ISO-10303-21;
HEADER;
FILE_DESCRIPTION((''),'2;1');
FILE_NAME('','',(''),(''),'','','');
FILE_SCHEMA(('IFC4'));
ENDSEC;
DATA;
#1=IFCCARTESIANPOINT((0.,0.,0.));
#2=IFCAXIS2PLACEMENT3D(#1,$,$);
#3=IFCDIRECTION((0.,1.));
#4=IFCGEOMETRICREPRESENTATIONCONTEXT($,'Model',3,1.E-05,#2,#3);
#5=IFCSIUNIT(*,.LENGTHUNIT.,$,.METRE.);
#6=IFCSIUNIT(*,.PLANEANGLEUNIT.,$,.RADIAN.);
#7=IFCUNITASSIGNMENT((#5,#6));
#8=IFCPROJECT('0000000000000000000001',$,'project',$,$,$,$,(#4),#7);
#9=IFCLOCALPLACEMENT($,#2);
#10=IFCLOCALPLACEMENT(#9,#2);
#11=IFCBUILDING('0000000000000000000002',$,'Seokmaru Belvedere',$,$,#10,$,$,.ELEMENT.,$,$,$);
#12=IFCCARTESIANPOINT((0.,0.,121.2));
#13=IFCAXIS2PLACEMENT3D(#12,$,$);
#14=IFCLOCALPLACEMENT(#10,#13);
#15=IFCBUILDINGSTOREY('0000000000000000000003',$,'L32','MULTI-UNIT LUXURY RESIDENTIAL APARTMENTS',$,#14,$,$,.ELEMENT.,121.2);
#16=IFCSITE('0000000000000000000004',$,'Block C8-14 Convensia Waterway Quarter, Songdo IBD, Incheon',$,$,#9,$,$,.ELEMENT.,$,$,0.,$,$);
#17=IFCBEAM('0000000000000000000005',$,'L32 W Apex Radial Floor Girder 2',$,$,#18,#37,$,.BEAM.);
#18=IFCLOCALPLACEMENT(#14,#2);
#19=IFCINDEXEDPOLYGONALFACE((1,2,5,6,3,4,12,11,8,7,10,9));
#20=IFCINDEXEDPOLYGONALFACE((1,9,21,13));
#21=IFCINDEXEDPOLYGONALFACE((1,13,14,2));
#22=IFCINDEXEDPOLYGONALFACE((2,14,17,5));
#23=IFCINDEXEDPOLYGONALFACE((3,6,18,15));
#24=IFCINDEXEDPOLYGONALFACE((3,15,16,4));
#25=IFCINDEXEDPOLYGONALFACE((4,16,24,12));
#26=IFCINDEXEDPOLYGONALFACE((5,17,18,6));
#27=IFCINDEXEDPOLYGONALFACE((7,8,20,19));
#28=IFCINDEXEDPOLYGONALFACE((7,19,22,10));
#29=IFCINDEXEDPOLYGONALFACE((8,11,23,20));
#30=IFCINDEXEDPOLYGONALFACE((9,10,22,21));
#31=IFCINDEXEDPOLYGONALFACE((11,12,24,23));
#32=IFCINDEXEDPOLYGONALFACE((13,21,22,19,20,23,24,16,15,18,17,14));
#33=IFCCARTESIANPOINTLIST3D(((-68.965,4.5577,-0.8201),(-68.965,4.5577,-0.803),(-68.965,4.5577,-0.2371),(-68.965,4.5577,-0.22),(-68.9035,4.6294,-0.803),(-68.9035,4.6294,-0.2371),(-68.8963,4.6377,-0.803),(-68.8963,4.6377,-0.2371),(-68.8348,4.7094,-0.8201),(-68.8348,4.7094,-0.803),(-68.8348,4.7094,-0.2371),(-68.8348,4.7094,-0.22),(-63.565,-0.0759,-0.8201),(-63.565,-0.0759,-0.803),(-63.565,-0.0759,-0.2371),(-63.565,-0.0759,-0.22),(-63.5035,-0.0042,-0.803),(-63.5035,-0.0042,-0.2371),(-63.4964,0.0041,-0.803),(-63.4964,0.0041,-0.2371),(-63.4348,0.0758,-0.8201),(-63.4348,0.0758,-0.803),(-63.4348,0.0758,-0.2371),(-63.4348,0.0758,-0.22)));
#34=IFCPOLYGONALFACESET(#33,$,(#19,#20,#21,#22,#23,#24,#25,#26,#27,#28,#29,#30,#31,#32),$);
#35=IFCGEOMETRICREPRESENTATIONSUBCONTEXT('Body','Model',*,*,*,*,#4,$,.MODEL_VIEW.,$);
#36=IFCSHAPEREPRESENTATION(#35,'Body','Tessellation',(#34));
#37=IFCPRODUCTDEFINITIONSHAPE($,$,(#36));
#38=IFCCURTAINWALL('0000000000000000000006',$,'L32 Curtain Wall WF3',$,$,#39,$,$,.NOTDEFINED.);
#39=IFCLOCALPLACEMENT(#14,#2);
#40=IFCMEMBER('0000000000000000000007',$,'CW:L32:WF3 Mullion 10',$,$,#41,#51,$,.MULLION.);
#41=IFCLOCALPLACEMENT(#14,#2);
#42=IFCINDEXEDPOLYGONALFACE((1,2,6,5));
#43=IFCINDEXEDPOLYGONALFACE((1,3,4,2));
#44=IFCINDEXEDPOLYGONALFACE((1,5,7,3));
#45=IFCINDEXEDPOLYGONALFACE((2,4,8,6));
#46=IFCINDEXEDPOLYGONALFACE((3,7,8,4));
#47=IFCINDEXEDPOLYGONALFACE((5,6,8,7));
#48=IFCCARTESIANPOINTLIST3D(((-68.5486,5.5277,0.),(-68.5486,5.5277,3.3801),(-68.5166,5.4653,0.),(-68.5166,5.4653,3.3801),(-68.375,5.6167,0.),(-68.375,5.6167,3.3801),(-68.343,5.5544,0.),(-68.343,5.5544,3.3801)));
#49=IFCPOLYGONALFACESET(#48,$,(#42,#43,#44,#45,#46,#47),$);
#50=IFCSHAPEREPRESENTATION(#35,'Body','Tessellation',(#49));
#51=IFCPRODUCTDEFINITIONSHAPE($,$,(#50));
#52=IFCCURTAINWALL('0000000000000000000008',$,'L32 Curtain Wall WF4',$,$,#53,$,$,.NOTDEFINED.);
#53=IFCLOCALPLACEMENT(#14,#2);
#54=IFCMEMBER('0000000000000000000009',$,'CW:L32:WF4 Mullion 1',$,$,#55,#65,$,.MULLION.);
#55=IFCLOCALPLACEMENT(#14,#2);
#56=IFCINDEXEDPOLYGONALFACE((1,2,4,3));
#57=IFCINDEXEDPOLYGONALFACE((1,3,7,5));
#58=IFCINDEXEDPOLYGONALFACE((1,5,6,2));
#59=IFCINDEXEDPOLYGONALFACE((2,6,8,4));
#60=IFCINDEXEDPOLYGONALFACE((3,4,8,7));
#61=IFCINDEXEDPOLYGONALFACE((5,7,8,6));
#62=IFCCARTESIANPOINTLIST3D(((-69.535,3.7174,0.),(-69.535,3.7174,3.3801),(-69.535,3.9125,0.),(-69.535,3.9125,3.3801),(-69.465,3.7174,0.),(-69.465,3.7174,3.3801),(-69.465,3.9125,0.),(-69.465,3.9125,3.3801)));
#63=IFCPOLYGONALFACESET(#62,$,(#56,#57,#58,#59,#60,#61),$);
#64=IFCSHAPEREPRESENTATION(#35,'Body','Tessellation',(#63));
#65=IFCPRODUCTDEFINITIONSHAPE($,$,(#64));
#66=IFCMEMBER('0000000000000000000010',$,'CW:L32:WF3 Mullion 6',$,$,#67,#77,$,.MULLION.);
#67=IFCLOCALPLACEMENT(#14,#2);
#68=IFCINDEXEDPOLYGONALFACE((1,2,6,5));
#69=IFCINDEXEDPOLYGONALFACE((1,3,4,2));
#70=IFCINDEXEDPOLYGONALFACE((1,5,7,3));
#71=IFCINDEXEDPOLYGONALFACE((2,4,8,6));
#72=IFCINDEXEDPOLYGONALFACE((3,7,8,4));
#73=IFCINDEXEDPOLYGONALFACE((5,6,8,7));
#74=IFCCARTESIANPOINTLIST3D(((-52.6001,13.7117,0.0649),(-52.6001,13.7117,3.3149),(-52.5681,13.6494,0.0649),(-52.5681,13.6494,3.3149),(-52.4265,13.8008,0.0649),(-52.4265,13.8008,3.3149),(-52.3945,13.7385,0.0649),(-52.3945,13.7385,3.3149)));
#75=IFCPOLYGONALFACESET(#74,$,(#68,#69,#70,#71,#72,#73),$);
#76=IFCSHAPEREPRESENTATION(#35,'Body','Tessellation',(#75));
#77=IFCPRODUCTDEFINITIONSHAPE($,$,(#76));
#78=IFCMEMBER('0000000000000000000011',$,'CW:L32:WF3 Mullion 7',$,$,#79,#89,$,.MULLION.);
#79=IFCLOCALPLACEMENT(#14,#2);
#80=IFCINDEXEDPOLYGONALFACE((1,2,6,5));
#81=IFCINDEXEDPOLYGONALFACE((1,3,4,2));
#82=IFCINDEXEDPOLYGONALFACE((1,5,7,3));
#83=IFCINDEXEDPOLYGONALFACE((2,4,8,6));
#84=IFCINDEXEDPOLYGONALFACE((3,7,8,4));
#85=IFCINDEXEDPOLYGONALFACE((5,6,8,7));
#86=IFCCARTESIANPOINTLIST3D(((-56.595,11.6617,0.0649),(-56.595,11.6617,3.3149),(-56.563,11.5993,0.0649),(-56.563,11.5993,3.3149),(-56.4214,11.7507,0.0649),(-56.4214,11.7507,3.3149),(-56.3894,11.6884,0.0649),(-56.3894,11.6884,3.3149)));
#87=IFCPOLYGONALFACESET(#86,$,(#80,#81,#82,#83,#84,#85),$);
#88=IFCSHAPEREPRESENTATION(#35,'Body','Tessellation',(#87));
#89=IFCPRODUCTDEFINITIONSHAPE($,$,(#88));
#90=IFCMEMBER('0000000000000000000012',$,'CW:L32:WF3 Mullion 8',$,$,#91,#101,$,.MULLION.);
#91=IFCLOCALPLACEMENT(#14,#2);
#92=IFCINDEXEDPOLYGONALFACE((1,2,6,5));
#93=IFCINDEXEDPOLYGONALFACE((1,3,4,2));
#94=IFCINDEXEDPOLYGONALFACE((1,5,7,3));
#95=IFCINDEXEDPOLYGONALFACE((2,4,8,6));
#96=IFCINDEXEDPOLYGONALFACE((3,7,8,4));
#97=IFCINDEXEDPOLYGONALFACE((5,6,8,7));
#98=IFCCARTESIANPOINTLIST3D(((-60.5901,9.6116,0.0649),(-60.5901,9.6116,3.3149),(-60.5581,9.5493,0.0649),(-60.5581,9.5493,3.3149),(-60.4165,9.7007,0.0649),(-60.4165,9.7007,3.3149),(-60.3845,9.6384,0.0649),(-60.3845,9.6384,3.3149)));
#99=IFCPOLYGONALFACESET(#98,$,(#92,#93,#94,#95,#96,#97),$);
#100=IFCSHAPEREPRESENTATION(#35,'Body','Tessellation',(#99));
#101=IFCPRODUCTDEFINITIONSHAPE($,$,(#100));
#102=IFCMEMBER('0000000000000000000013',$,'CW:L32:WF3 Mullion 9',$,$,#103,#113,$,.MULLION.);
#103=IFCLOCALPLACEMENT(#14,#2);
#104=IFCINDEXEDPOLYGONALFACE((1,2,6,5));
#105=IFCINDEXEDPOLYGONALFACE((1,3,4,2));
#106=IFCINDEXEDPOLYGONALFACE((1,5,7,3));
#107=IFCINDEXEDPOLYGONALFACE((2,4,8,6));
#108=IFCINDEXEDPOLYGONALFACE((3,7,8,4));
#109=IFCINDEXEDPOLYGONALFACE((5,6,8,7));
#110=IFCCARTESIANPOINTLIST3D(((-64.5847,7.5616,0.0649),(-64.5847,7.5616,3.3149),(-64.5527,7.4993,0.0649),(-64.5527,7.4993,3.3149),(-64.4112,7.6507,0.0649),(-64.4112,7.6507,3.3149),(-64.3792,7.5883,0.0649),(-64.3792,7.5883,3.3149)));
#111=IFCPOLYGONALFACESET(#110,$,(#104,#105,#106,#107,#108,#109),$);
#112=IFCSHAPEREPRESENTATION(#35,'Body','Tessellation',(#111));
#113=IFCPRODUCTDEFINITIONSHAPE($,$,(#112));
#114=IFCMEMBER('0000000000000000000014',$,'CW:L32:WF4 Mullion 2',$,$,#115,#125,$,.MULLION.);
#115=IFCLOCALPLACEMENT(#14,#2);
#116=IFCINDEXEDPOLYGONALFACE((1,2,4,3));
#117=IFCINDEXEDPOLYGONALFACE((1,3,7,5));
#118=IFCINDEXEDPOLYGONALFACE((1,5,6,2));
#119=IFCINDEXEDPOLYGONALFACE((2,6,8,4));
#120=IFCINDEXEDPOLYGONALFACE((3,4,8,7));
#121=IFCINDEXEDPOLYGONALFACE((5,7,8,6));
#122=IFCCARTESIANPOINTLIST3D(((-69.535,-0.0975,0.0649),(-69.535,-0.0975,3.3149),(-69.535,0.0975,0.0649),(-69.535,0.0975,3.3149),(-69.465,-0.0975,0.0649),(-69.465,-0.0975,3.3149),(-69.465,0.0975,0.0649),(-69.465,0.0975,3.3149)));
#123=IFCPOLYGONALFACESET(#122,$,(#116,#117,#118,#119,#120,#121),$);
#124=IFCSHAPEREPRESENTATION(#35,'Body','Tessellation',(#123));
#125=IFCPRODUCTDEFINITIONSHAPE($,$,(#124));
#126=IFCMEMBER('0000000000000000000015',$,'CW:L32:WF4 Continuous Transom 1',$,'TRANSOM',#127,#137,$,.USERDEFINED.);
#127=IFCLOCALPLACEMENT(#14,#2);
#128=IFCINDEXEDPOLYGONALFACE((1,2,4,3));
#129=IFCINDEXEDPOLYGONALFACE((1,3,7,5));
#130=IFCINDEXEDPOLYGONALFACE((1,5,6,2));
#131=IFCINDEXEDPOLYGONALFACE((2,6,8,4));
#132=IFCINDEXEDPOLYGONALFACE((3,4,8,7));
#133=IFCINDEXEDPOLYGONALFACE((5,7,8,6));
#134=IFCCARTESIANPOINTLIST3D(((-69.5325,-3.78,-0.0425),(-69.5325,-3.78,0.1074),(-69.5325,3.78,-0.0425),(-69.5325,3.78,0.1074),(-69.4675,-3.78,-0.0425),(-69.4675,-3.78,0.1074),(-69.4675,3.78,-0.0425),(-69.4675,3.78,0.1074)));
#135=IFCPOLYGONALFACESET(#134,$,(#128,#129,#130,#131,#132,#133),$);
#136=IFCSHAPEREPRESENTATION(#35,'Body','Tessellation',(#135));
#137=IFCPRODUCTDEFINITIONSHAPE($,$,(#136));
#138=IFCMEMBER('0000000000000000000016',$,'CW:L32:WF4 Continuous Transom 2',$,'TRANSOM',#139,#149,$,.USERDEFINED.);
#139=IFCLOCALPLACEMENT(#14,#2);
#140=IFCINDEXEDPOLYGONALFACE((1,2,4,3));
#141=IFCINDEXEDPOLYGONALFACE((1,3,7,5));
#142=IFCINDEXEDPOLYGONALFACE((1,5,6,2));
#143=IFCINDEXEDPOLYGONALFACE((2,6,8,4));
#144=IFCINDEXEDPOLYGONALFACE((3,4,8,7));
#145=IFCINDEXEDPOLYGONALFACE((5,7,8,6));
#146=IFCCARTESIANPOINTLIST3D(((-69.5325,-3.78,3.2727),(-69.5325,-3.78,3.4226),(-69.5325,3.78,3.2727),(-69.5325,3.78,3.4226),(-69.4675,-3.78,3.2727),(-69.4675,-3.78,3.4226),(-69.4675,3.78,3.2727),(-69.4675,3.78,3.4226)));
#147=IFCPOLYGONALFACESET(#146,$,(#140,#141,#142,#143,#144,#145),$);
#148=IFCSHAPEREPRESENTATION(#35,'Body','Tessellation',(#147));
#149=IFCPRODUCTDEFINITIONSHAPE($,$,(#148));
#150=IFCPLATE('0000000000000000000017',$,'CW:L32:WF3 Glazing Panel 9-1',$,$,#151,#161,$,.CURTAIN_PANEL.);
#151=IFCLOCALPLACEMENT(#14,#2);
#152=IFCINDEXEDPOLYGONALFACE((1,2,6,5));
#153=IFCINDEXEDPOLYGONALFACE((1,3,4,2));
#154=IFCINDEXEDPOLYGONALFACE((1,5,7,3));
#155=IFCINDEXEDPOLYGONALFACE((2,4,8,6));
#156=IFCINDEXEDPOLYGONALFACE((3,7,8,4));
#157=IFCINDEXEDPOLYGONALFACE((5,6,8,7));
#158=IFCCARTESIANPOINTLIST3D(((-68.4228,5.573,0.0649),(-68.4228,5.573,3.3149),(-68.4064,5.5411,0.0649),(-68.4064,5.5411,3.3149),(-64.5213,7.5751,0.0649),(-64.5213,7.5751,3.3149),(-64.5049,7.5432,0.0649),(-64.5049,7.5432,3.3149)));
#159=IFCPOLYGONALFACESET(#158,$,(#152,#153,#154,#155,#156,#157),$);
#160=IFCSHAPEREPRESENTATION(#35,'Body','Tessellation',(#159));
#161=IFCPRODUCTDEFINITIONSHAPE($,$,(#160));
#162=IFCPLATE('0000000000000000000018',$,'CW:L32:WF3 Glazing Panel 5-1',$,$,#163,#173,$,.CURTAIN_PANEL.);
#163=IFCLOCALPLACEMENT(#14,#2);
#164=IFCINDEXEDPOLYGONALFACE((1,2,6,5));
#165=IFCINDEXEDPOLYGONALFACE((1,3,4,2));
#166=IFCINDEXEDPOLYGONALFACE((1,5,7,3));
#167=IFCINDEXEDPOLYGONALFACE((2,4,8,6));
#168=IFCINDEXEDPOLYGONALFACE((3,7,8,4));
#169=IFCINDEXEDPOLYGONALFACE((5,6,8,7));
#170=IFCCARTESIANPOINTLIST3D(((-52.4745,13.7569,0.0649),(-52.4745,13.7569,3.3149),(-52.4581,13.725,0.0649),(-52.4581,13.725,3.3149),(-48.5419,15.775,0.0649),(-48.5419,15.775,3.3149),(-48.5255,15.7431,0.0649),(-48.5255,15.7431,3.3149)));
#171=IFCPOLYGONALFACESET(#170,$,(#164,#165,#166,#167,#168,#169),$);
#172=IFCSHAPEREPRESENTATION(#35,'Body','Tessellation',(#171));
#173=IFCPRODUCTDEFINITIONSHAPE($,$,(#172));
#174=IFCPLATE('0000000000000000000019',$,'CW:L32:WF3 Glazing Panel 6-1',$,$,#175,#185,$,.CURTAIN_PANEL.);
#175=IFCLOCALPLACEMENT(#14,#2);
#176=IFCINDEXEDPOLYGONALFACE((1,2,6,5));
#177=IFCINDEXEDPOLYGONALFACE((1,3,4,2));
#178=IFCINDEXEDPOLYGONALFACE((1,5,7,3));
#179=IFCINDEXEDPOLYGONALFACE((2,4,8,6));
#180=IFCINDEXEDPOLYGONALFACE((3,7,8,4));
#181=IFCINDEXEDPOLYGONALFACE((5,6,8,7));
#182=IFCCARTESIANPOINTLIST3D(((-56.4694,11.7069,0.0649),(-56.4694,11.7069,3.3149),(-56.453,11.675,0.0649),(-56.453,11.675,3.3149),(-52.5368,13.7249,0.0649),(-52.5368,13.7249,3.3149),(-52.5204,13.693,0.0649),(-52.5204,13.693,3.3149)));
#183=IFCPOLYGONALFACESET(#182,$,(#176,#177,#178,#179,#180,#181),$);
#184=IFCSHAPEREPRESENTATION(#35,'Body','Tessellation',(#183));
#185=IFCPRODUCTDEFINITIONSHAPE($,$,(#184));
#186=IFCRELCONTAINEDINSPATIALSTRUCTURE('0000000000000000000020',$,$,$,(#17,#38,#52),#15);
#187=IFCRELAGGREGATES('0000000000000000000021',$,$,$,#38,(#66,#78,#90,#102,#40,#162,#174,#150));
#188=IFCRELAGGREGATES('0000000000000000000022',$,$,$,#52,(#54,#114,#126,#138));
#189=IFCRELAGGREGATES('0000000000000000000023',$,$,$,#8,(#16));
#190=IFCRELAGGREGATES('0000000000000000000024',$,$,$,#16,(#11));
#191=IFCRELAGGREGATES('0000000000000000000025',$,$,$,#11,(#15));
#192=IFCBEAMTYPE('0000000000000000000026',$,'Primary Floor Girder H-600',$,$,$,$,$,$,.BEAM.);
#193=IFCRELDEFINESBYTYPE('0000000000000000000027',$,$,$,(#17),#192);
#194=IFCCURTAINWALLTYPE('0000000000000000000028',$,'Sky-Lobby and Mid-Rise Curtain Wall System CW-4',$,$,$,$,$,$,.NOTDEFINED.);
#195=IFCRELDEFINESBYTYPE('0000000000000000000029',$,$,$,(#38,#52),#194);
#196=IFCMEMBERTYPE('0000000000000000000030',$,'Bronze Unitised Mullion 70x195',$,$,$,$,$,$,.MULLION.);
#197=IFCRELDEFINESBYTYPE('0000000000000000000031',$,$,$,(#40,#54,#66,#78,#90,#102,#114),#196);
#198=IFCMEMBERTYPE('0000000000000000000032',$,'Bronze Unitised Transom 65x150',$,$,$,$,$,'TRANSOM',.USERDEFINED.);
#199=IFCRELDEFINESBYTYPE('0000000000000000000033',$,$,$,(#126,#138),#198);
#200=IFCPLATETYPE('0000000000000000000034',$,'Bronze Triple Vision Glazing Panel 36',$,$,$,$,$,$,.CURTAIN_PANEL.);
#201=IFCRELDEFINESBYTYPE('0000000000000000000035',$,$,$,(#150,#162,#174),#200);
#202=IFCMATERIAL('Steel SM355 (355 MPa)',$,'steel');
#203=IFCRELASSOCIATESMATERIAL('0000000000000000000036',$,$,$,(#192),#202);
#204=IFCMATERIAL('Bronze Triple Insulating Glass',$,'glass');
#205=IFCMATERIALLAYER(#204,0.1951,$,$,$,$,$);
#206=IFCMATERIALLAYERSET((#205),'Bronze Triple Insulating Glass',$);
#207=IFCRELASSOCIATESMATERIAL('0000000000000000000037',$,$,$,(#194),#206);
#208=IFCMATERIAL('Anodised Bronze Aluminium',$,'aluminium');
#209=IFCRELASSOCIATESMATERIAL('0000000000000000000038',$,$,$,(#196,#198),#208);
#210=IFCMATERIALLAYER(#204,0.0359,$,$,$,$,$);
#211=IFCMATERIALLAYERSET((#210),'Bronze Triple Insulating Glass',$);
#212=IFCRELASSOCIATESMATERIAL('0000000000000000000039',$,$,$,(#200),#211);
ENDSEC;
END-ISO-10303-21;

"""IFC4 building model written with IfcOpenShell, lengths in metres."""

from ifc_helpers import new_model, si_unit, direction, frame, origin, origin_2d, place, context, subcontext, project, spatial, rectangle, i_section, extrude, source, transform, mapped, material, layer, layer_set, material_profile, profile_set, type_object, type_shapes, element, aggregate, save


model = new_model("IFC4")

# Units and contexts
model_context = context("Model", 3, precision=1e-05, world=origin(), true_north=direction((0.0, 1.0)))
body_context = subcontext(model_context, "Body", "Model", "MODEL_VIEW")
ifc_project = project(units=[si_unit("LENGTHUNIT", "METRE"), si_unit("PLANEANGLEUNIT", "RADIAN")], contexts=[model_context])

# Site, building, storey
site_placement = place(None, origin())
site = spatial("IfcSite", under=ifc_project, at=site_placement, Name="Block C8-14 Convensia Waterway Quarter, Songdo IBD, Incheon", CompositionType="ELEMENT", RefElevation=0.0)
building_placement = place(site_placement, origin())
building = spatial("IfcBuilding", under=site, at=building_placement, Name="Seokmaru Belvedere", CompositionType="ELEMENT")
storey_placement = place(building_placement, frame((0.0, 0.0, 121.2)))
storey = spatial("IfcBuildingStorey", under=building, at=storey_placement, Name="L32", Description="MULTI-UNIT LUXURY RESIDENTIAL APARTMENTS", CompositionType="ELEMENT", Elevation=121.2)

# Shared definitions
ifc_material_1 = material(Name="Steel SM355 (355 MPa)", Category="steel")

# Beam
ifc_material_profile_1 = material_profile(ifc_material_1, i_section(OverallWidth=0.2, OverallDepth=0.6001, WebThickness=0.011, FlangeThickness=0.0171, at=origin_2d()), Name="H-600x200x11x17")
ifc_profile_set_1 = profile_set([ifc_material_profile_1], Name="Steel SM355 (355 MPa)")
beam_type_1 = type_object("IfcBeamType", Name="Primary Floor Girder H-600", PredefinedType="BEAM", material=ifc_profile_set_1)
shared_shape_1 = source(origin(), body_context, "Body", "SweptSolid", [
    extrude(i_section(OverallWidth=0.2, OverallDepth=0.6001, WebThickness=0.011, FlangeThickness=0.0171, at=origin_2d()), origin(), (0.0, 0.0, 1.0), 7.1155),
])
beam_1_placement = place(storey_placement, frame((-68.8999, 4.6335, -0.52), z_axis=(0.758905, -0.651201, 0.0), x_axis=(0.651201, 0.758905, 0.0)))
element("IfcBeam", 1, at=beam_1_placement, inside=storey, type_object=beam_type_1, Name="L32 W Apex Radial Floor Girder 2", PredefinedType="BEAM", context=body_context, shape_type="MappedRepresentation", body=[
    mapped(shared_shape_1, transform((0.0, 0.0, 0.0), scale=1.0)),
])

# Curtain walls, members
ifc_material_2 = material(Name="Bronze Triple Insulating Glass", Category="glass")
ifc_layer_1 = layer(ifc_material_2, 0.1951)
ifc_layer_set_1 = layer_set([ifc_layer_1], Name="Bronze Triple Insulating Glass")
curtain_wall_type = type_object("IfcCurtainWallType", Name="Sky-Lobby and Mid-Rise Curtain Wall System CW-4", PredefinedType="NOTDEFINED", material=ifc_layer_set_1)
curtain_wall_1_placement = place(storey_placement, origin())
curtain_wall_1 = element("IfcCurtainWall", 2, at=curtain_wall_1_placement, inside=storey, type_object=curtain_wall_type, Name="L32 Curtain Wall WF3", PredefinedType="NOTDEFINED")
ifc_material_3 = material(Name="Anodised Bronze Aluminium", Category="aluminium")
ifc_material_profile_2 = material_profile(ifc_material_3, rectangle(XDim=0.0701, YDim=0.1951, at=origin_2d()), Name="CW-M-70x195")
ifc_profile_set_2 = profile_set([ifc_material_profile_2], Name="Anodised Bronze Aluminium")
member_type_1 = type_object("IfcMemberType", Name="Bronze Unitised Mullion 70x195", PredefinedType="MULLION", material=ifc_profile_set_2)
shared_shape_2 = source(origin(), body_context, "Body", "SweptSolid", [
    extrude(rectangle(XDim=0.0701, YDim=0.1951, at=origin_2d()), origin(), (0.0, 0.0, 1.0), 3.3801),
])
member_1_placement = place(storey_placement, frame((-68.4458, 5.541, 0.0), z_axis=(0.0, 0.0, 1.0), x_axis=(0.456555, -0.889695, 0.0)))
member_1 = element("IfcMember", 3, at=member_1_placement, type_object=member_type_1, Name="CW:L32:WF3 Mullion 10", PredefinedType="MULLION", context=body_context, shape_type="MappedRepresentation", body=[
    mapped(shared_shape_2, transform((0.0, 0.0, 0.0), scale=1.0)),
])
curtain_wall_2_placement = place(storey_placement, origin())
curtain_wall_2 = element("IfcCurtainWall", 4, at=curtain_wall_2_placement, inside=storey, type_object=curtain_wall_type, Name="L32 Curtain Wall WF4", PredefinedType="NOTDEFINED")
member_2_placement = place(storey_placement, frame((-69.5, 3.8149, 0.0), z_axis=(0.0, 0.0, 1.0), x_axis=(1.0, 0.0, 0.0)))
member_2 = element("IfcMember", 5, at=member_2_placement, type_object=member_type_1, Name="CW:L32:WF4 Mullion 1", PredefinedType="MULLION", context=body_context, shape_type="MappedRepresentation", body=[
    mapped(shared_shape_2, transform((0.0, 0.0, 0.0), scale=1.0)),
])

# Members
shared_shape_3 = source(origin(), body_context, "Body", "SweptSolid", [
    extrude(rectangle(XDim=0.0701, YDim=0.1951, at=origin_2d()), origin(), (0.0, 0.0, 1.0), 3.25),
])
type_shapes(member_type_1, [shared_shape_2, shared_shape_3])
member_3_placement = place(storey_placement, frame((-52.4973, 13.7251, 0.0649), z_axis=(0.0, 0.0, 1.0), x_axis=(0.456555, -0.889695, 0.0)))
member_3 = element("IfcMember", 6, at=member_3_placement, type_object=member_type_1, Name="CW:L32:WF3 Mullion 6", PredefinedType="MULLION", context=body_context, shape_type="MappedRepresentation", body=[
    mapped(shared_shape_3, transform((0.0, 0.0, 0.0), scale=1.0)),
])
member_4_placement = place(storey_placement, frame((-56.4922, 11.675, 0.0649), z_axis=(0.0, 0.0, 1.0), x_axis=(0.456555, -0.889695, 0.0)))
member_4 = element("IfcMember", 7, at=member_4_placement, type_object=member_type_1, Name="CW:L32:WF3 Mullion 7", PredefinedType="MULLION", context=body_context, shape_type="MappedRepresentation", body=[
    mapped(shared_shape_3, transform((0.0, 0.0, 0.0), scale=1.0)),
])
member_5_placement = place(storey_placement, frame((-60.4873, 9.625, 0.0649), z_axis=(0.0, 0.0, 1.0), x_axis=(0.456555, -0.889695, 0.0)))
member_5 = element("IfcMember", 8, at=member_5_placement, type_object=member_type_1, Name="CW:L32:WF3 Mullion 8", PredefinedType="MULLION", context=body_context, shape_type="MappedRepresentation", body=[
    mapped(shared_shape_3, transform((0.0, 0.0, 0.0), scale=1.0)),
])
member_6_placement = place(storey_placement, frame((-64.4819, 7.575, 0.0649), z_axis=(0.0, 0.0, 1.0), x_axis=(0.456555, -0.889695, 0.0)))
member_6 = element("IfcMember", 9, at=member_6_placement, type_object=member_type_1, Name="CW:L32:WF3 Mullion 9", PredefinedType="MULLION", context=body_context, shape_type="MappedRepresentation", body=[
    mapped(shared_shape_3, transform((0.0, 0.0, 0.0), scale=1.0)),
])
member_7_placement = place(storey_placement, frame((-69.5, 0.0, 0.0649), z_axis=(0.0, 0.0, 1.0), x_axis=(1.0, 0.0, 0.0)))
member_7 = element("IfcMember", 10, at=member_7_placement, type_object=member_type_1, Name="CW:L32:WF4 Mullion 2", PredefinedType="MULLION", context=body_context, shape_type="MappedRepresentation", body=[
    mapped(shared_shape_3, transform((0.0, 0.0, 0.0), scale=1.0)),
])
ifc_material_profile_3 = material_profile(ifc_material_3, rectangle(XDim=0.0649, YDim=0.1499, at=origin_2d()), Name="CW-T-65x150")
ifc_profile_set_3 = profile_set([ifc_material_profile_3], Name="Anodised Bronze Aluminium")
member_type_2 = type_object("IfcMemberType", Name="Bronze Unitised Transom 65x150", ElementType="TRANSOM", PredefinedType="USERDEFINED", material=ifc_profile_set_3)
shared_shape_4 = source(origin(), body_context, "Body", "SweptSolid", [
    extrude(rectangle(XDim=0.0649, YDim=0.1499, at=origin_2d()), origin(), (0.0, 0.0, 1.0), 7.5601),
])
type_shapes(member_type_2, [shared_shape_4])
member_8_placement = place(storey_placement, frame((-69.5, 3.78, 0.0325), z_axis=(0.0, -1.0, 0.0), x_axis=(1.0, 0.0, 0.0)))
member_8 = element("IfcMember", 11, at=member_8_placement, type_object=member_type_2, Name="CW:L32:WF4 Continuous Transom 1", ObjectType="TRANSOM", PredefinedType="USERDEFINED", context=body_context, shape_type="MappedRepresentation", body=[
    mapped(shared_shape_4, transform((0.0, 0.0, 0.0), scale=1.0)),
])
member_9_placement = place(storey_placement, frame((-69.5, 3.78, 3.3477), z_axis=(0.0, -1.0, 0.0), x_axis=(1.0, 0.0, 0.0)))
member_9 = element("IfcMember", 12, at=member_9_placement, type_object=member_type_2, Name="CW:L32:WF4 Continuous Transom 2", ObjectType="TRANSOM", PredefinedType="USERDEFINED", context=body_context, shape_type="MappedRepresentation", body=[
    mapped(shared_shape_4, transform((0.0, 0.0, 0.0), scale=1.0)),
])

# Plates
ifc_layer_2 = layer(ifc_material_2, 0.0359)
ifc_layer_set_2 = layer_set([ifc_layer_2], Name="Bronze Triple Insulating Glass")
plate_type = type_object("IfcPlateType", Name="Bronze Triple Vision Glazing Panel 36", PredefinedType="CURTAIN_PANEL", material=ifc_layer_set_2)
shared_shape_5 = source(origin(), body_context, "Body", "SweptSolid", [
    extrude(rectangle(XDim=4.3853, YDim=0.0359, at=origin_2d()), origin(), (0.0, 0.0, 1.0), 3.25),
])
plate_1_placement = place(storey_placement, frame((-66.4639, 6.5581, 0.0649), z_axis=(0.0, 0.0, 1.0), x_axis=(-0.889695, -0.456555, 0.0)))
plate_1 = element("IfcPlate", 13, at=plate_1_placement, type_object=plate_type, Name="CW:L32:WF3 Glazing Panel 9-1", PredefinedType="CURTAIN_PANEL", context=body_context, shape_type="MappedRepresentation", body=[
    mapped(shared_shape_5, transform((0.0, 0.0, 0.0), scale=1.0)),
])
shared_shape_6 = source(origin(), body_context, "Body", "SweptSolid", [
    extrude(rectangle(XDim=4.4202, YDim=0.0359, at=origin_2d()), origin(), (0.0, 0.0, 1.0), 3.25),
])
plate_2_placement = place(storey_placement, frame((-50.5, 14.75, 0.0649), z_axis=(0.0, 0.0, 1.0), x_axis=(-0.889695, -0.456555, 0.0)))
plate_2 = element("IfcPlate", 14, at=plate_2_placement, type_object=plate_type, Name="CW:L32:WF3 Glazing Panel 5-1", PredefinedType="CURTAIN_PANEL", context=body_context, shape_type="MappedRepresentation", body=[
    mapped(shared_shape_6, transform((0.0, 0.0, 0.0), scale=1.0)),
])
plate_3_placement = place(storey_placement, frame((-54.4949, 12.7, 0.0649), z_axis=(0.0, 0.0, 1.0), x_axis=(-0.889695, -0.456555, 0.0)))
plate_3 = element("IfcPlate", 15, at=plate_3_placement, type_object=plate_type, Name="CW:L32:WF3 Glazing Panel 6-1", PredefinedType="CURTAIN_PANEL", context=body_context, shape_type="MappedRepresentation", body=[
    mapped(shared_shape_6, transform((0.0, 0.0, 0.0), scale=1.0)),
])
aggregate(curtain_wall_1, [member_3, member_4, member_5, member_6, member_1, plate_2, plate_3, plate_1])
aggregate(curtain_wall_2, [member_2, member_7, member_8, member_9])

save(model, "model.ifc")
